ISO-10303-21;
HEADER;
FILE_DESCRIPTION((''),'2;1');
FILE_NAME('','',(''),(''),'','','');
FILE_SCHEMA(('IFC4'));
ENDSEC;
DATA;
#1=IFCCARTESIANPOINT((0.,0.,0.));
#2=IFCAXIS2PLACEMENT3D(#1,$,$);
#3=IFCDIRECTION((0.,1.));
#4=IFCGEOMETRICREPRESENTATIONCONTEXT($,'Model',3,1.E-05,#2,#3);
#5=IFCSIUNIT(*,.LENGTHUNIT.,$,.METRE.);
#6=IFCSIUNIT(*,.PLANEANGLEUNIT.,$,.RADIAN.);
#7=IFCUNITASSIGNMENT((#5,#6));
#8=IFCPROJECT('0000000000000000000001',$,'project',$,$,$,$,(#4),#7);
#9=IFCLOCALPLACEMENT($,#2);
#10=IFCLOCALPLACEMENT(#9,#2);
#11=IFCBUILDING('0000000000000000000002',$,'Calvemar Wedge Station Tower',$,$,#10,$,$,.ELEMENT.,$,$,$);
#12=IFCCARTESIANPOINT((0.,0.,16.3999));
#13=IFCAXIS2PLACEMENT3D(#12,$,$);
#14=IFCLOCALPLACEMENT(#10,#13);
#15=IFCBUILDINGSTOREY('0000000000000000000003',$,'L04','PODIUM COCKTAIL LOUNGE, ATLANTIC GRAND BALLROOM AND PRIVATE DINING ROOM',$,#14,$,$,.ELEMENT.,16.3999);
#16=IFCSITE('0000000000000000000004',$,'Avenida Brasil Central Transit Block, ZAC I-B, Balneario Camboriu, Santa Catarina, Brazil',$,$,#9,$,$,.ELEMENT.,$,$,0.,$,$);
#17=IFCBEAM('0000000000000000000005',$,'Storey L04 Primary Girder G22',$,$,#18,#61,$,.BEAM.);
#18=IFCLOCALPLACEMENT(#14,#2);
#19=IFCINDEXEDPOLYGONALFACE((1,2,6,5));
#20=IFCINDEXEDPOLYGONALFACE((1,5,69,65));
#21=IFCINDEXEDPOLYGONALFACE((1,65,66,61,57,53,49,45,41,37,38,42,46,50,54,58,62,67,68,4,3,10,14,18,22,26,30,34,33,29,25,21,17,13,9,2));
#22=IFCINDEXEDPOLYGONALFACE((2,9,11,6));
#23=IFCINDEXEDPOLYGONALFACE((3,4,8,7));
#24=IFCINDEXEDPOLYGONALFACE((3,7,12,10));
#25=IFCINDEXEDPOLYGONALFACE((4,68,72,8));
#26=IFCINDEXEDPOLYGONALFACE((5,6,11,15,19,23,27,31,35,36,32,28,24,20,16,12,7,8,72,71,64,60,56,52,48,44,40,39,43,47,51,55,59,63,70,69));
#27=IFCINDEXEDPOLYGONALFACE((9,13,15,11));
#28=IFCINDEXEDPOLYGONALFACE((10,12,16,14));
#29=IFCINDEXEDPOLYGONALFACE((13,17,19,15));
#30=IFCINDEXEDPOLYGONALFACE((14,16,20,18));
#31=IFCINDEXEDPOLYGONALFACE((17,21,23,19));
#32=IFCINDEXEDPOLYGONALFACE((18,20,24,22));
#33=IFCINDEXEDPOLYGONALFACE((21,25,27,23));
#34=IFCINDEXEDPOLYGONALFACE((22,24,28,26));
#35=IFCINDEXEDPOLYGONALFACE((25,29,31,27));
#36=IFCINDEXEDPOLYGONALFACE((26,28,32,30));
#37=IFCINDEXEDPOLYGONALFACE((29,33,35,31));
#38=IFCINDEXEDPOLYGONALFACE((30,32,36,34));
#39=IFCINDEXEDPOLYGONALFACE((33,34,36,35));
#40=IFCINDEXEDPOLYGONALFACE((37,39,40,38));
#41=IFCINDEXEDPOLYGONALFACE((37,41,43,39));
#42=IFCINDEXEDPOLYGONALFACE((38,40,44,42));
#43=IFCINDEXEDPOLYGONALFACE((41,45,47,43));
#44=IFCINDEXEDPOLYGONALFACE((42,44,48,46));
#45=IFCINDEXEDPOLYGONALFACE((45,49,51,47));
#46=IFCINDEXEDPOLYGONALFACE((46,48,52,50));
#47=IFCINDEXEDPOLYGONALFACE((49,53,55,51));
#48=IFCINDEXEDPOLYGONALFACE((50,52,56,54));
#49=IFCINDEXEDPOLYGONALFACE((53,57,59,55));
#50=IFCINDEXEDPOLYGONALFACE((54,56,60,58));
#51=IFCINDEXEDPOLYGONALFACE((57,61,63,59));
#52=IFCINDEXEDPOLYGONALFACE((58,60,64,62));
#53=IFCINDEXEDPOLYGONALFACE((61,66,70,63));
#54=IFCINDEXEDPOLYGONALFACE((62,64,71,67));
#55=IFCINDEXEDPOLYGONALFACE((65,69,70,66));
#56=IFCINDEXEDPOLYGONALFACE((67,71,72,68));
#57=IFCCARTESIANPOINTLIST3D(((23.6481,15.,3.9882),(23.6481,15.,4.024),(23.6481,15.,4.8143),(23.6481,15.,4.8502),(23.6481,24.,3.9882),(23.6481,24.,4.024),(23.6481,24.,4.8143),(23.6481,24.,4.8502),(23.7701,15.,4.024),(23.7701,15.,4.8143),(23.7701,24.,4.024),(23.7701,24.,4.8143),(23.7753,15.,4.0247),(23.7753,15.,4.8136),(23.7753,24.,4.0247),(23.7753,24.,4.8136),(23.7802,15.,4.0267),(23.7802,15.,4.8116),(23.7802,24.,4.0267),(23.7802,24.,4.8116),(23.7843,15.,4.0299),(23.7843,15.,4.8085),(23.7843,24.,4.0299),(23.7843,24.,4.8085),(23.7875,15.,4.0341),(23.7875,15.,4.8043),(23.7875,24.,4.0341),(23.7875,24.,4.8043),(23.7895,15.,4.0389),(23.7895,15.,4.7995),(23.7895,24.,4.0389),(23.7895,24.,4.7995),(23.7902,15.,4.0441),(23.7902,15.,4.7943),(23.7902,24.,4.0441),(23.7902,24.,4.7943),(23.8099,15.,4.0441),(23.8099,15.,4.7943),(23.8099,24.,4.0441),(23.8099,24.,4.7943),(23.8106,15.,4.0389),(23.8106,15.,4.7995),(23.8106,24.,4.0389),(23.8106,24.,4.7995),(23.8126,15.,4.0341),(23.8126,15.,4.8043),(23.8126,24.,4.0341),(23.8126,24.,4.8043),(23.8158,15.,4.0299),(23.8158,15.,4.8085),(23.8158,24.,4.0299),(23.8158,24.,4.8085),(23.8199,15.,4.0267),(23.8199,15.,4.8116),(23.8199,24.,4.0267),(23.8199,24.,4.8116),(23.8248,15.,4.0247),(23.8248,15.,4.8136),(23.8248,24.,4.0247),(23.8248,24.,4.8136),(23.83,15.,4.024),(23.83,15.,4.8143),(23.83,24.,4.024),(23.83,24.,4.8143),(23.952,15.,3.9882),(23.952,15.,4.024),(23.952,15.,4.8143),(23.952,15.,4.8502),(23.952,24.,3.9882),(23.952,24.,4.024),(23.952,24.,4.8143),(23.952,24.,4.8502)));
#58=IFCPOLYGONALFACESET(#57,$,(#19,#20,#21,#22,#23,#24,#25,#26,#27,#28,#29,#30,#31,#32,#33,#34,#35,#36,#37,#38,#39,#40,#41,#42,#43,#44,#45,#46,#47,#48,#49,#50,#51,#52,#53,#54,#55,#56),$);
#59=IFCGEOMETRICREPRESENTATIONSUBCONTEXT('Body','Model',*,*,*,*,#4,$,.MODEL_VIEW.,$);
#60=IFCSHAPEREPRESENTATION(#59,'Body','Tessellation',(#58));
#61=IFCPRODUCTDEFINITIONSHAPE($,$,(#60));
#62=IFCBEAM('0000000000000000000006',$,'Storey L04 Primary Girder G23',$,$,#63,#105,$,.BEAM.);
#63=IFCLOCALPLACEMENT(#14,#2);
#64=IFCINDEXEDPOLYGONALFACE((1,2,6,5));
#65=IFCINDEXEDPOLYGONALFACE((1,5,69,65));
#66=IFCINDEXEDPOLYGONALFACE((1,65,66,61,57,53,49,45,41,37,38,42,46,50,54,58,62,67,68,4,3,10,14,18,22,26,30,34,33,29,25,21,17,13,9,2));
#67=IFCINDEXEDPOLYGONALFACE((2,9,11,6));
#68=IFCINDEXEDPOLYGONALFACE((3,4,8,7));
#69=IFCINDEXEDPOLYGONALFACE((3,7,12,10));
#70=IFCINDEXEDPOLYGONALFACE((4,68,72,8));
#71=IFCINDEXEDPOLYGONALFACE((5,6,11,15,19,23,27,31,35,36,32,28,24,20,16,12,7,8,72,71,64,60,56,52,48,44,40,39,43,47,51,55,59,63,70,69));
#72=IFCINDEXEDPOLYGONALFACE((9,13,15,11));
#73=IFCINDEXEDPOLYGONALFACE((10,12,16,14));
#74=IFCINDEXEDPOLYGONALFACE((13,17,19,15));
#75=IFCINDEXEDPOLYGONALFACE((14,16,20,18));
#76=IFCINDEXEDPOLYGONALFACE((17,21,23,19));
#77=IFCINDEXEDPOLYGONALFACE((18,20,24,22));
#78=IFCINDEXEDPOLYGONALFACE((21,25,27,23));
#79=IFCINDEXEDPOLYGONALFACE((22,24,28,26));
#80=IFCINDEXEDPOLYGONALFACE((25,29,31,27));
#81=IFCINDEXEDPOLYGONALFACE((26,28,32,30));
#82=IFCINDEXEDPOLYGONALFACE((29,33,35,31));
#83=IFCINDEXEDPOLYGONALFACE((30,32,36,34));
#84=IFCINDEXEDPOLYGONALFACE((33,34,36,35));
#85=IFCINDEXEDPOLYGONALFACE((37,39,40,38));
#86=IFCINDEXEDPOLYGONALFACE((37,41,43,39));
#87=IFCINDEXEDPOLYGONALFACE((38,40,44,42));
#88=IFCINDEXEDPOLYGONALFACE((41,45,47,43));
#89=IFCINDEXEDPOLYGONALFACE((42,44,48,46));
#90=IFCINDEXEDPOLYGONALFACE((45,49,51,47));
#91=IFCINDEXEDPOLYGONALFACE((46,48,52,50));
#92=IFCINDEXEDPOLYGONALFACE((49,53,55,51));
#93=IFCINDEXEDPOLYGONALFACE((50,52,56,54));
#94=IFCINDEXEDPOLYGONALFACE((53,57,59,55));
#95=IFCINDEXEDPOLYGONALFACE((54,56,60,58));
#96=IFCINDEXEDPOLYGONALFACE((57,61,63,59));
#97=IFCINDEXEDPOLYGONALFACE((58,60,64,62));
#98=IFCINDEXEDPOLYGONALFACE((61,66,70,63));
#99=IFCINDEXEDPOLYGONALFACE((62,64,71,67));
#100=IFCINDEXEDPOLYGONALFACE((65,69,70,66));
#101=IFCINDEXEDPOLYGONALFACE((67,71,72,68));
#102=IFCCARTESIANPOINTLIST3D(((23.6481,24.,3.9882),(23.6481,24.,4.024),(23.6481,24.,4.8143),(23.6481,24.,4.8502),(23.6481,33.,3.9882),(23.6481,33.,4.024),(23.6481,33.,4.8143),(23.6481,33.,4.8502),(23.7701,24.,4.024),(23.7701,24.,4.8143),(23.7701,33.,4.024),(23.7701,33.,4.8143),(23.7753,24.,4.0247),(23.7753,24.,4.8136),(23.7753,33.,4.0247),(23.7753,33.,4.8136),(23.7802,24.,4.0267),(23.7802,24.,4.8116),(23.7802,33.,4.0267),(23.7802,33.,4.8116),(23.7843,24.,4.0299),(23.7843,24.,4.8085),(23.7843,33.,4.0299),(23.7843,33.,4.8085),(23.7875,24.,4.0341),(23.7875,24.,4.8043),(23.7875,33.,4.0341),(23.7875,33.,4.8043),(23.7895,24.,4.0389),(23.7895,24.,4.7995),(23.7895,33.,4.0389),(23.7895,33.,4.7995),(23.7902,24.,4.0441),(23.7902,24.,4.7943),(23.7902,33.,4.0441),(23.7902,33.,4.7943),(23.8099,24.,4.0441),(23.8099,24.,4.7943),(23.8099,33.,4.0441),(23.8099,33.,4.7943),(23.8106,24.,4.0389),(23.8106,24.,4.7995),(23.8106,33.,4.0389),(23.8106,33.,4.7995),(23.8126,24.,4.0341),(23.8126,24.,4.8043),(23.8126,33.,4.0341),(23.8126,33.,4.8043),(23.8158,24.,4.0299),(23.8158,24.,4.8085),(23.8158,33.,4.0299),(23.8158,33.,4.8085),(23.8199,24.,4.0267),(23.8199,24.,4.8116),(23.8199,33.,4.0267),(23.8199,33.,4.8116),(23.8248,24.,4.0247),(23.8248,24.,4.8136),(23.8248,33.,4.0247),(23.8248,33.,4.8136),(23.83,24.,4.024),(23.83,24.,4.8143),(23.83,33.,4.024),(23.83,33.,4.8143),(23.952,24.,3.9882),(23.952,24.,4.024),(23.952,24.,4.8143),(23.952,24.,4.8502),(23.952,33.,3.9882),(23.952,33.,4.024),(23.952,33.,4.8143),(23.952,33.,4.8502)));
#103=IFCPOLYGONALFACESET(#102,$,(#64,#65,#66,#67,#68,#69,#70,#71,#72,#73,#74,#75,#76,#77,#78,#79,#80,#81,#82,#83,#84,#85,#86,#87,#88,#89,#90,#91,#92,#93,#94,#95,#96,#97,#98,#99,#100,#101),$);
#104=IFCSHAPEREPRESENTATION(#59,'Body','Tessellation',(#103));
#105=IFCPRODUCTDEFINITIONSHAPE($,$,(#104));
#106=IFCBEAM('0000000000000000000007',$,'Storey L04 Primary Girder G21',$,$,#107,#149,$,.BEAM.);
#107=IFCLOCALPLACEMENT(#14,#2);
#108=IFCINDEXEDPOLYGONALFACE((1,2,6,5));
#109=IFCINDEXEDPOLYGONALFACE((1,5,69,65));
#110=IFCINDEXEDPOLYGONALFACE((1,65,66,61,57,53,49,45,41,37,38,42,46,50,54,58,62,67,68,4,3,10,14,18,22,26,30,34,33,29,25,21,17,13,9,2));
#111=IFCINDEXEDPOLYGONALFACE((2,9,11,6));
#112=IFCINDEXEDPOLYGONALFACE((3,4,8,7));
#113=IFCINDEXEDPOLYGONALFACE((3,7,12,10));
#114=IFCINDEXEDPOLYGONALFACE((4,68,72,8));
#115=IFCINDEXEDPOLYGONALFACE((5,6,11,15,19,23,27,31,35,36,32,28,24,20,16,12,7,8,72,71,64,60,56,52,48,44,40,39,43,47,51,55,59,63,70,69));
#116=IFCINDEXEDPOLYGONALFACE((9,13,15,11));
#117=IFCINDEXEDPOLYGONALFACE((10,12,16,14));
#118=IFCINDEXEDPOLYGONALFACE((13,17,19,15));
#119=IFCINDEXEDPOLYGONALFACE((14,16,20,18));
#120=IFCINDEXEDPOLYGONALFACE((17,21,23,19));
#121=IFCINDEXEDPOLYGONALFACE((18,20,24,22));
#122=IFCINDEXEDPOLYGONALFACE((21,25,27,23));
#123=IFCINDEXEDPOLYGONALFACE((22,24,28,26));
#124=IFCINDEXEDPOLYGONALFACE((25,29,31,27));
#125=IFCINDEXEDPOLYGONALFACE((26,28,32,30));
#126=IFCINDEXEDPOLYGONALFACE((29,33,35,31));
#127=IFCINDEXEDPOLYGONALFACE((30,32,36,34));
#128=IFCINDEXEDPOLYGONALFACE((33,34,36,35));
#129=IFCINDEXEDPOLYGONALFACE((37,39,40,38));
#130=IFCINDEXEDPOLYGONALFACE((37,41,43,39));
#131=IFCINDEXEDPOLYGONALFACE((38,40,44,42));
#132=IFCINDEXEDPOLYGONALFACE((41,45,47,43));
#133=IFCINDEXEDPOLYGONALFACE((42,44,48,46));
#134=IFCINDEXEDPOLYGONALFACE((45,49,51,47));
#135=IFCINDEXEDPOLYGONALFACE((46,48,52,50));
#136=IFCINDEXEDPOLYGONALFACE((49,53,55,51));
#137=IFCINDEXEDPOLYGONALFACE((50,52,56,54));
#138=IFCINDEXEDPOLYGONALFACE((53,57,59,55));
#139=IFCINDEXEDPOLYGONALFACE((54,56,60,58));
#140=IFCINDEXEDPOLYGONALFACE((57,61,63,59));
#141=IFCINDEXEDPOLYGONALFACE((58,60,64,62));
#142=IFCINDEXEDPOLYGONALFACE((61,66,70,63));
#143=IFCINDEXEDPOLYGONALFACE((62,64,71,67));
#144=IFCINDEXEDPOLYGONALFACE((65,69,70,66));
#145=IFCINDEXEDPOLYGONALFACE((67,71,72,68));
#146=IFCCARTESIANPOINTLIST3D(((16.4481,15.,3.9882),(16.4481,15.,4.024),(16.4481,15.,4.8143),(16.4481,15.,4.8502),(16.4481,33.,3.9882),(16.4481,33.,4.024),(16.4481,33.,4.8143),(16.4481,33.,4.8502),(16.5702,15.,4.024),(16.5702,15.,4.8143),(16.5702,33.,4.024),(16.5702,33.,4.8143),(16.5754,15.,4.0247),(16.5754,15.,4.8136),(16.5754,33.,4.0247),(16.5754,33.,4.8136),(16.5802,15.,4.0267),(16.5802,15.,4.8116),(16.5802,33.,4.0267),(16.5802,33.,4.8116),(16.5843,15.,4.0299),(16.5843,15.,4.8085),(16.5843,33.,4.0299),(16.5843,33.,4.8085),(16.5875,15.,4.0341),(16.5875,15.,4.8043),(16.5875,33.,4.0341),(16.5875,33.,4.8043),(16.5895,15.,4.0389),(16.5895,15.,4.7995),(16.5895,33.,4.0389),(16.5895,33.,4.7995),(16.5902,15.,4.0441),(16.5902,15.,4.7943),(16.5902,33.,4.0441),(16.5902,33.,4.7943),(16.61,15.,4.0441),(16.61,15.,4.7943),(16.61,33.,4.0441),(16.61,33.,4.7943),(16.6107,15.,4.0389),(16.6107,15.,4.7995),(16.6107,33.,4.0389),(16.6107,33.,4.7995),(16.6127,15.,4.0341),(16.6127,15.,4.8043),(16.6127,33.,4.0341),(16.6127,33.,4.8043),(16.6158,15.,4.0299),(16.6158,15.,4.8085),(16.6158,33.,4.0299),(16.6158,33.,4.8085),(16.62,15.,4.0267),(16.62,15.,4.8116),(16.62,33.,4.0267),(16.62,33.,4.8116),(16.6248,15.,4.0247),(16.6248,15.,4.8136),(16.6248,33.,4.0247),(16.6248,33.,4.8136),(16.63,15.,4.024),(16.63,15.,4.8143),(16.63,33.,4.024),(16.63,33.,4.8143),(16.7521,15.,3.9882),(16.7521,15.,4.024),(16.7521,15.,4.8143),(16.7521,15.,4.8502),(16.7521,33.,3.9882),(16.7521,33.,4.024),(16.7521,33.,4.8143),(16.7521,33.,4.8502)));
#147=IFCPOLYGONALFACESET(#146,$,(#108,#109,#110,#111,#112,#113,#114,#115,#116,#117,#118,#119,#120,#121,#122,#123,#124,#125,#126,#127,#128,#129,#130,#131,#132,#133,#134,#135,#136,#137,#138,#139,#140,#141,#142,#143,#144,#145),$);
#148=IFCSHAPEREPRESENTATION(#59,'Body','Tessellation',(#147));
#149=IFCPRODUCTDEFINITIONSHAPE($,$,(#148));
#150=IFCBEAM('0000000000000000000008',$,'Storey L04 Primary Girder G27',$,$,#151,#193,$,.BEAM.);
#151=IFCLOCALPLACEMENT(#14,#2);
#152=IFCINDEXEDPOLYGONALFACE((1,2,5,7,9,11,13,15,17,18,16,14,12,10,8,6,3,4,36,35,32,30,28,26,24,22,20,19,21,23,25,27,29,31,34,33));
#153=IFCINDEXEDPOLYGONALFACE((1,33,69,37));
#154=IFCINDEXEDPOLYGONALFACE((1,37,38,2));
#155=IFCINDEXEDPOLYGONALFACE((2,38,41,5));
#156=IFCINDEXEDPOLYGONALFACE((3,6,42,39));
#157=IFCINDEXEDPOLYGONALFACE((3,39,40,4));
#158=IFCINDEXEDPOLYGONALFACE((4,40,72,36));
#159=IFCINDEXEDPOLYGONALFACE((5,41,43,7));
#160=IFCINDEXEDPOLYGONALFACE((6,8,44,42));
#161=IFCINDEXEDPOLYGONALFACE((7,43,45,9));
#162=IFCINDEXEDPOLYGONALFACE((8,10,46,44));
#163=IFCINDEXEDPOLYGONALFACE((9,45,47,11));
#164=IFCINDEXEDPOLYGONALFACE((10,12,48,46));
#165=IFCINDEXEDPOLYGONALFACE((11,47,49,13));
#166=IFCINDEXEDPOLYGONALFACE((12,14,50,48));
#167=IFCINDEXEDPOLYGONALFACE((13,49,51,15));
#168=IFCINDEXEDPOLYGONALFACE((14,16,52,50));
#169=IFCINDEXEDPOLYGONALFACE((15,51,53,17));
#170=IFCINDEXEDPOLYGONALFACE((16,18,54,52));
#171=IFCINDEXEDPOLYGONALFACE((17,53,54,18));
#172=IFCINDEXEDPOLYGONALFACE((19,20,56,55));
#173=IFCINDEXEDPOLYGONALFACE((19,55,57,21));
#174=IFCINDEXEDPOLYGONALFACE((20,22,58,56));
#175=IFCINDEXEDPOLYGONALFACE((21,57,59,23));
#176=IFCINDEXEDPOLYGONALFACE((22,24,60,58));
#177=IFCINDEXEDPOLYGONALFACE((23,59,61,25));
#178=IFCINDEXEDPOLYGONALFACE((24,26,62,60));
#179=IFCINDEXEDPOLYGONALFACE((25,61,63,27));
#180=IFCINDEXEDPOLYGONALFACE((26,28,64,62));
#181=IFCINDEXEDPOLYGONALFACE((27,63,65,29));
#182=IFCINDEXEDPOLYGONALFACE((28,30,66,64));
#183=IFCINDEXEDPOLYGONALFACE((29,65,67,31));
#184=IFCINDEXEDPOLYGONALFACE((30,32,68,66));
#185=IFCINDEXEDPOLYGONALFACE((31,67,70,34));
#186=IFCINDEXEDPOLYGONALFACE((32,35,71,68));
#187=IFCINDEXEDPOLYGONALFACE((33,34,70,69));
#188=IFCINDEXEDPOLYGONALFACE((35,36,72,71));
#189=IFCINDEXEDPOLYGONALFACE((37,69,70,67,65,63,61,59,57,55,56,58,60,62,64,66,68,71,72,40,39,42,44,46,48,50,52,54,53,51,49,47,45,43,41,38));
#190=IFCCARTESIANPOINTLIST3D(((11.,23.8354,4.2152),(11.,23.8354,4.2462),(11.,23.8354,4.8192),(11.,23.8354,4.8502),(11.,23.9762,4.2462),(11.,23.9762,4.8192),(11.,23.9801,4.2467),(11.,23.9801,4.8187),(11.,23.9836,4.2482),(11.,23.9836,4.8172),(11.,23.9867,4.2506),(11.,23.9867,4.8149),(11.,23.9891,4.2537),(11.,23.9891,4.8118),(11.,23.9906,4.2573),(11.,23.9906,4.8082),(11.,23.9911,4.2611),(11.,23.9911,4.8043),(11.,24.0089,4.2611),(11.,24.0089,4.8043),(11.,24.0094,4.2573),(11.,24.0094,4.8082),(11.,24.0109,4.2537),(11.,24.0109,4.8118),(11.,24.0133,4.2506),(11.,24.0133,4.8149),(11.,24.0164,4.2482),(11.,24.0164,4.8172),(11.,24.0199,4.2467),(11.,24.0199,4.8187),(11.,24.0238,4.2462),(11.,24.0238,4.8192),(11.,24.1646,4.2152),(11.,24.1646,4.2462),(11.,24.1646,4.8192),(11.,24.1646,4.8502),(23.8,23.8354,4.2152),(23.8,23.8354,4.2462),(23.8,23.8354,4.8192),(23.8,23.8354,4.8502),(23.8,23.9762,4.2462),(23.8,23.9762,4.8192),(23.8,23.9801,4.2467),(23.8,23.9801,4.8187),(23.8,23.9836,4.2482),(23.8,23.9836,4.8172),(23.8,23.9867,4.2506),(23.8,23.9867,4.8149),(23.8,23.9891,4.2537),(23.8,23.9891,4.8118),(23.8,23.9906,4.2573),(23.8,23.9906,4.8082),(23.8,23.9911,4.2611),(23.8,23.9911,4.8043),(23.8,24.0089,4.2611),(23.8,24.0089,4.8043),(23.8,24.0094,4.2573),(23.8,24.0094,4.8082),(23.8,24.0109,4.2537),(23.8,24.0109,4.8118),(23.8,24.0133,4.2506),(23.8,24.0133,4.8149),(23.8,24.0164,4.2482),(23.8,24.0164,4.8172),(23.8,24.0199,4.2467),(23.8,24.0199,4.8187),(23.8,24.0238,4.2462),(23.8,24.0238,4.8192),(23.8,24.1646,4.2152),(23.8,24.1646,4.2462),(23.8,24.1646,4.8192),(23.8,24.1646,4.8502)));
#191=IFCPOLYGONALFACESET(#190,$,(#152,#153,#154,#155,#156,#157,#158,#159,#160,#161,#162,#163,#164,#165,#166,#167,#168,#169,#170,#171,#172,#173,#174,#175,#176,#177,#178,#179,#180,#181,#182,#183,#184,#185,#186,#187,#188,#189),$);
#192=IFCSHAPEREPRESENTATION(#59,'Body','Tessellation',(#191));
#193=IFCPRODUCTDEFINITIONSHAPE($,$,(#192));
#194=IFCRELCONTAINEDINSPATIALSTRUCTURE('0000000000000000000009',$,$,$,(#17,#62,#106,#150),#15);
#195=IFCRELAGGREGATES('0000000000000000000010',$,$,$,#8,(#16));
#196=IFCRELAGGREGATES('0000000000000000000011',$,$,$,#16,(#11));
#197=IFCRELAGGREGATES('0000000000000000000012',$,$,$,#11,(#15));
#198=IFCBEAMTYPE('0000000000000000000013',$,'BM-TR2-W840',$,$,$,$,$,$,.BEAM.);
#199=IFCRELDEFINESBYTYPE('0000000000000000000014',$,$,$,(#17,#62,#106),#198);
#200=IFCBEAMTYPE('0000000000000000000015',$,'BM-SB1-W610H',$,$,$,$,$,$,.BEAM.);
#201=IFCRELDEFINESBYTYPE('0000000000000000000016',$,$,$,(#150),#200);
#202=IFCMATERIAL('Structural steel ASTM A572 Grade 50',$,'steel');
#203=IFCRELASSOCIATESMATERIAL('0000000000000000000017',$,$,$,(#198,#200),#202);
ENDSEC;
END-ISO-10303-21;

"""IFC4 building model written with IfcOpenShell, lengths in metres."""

from ifc_helpers import new_model, si_unit, direction, frame, origin, origin_2d, place, context, subcontext, project, spatial, i_section, extrude, source, transform, mapped, material, material_profile, profile_set, type_object, element, save


model = new_model("IFC4")

# Units and contexts
model_context = context("Model", 3, precision=1e-05, world=origin(), true_north=direction((0.0, 1.0)))
body_context = subcontext(model_context, "Body", "Model", "MODEL_VIEW")
ifc_project = project(units=[si_unit("LENGTHUNIT", "METRE"), si_unit("PLANEANGLEUNIT", "RADIAN")], contexts=[model_context])

# Site, building, storey
site_placement = place(None, origin())
site = spatial("IfcSite", under=ifc_project, at=site_placement, Name="Avenida Brasil Central Transit Block, ZAC I-B, Balneario Camboriu, Santa Catarina, Brazil", CompositionType="ELEMENT", RefElevation=0.0)
building_placement = place(site_placement, origin())
building = spatial("IfcBuilding", under=site, at=building_placement, Name="Calvemar Wedge Station Tower", CompositionType="ELEMENT")
storey_placement = place(building_placement, frame((0.0, 0.0, 16.3999)))
storey = spatial("IfcBuildingStorey", under=building, at=storey_placement, Name="L04", Description="PODIUM COCKTAIL LOUNGE, ATLANTIC GRAND BALLROOM AND PRIVATE DINING ROOM", CompositionType="ELEMENT", Elevation=16.3999)

# Beams
ifc_material_1 = material(Name="Structural steel ASTM A572 Grade 50", Category="steel")
ifc_material_profile_1 = material_profile(ifc_material_1, i_section(OverallWidth=0.304, OverallDepth=0.8621, WebThickness=0.0198, FlangeThickness=0.0359, FilletRadius=0.02, at=origin_2d()), Name="W840x329")
ifc_profile_set_1 = profile_set([ifc_material_profile_1], Name="Structural steel ASTM A572 Grade 50")
beam_type_1 = type_object("IfcBeamType", Name="BM-TR2-W840", PredefinedType="BEAM", material=ifc_profile_set_1)
shared_shape_1 = source(origin(), body_context, "Body", "SweptSolid", [
    extrude(i_section(OverallWidth=0.304, OverallDepth=0.8621, WebThickness=0.0198, FlangeThickness=0.0359, FilletRadius=0.02, at=origin_2d()), origin(), (0.0, 0.0, 1.0), 9.0),
])
for number, where, z_axis, x_axis, name in (
    (1, (23.8, 15.0, 4.4192), (0.0, 1.0, 0.0), (-1.0, 0.0, 0.0), "Storey L04 Primary Girder G22"),
    (2, (23.8, 24.0, 4.4192), (0.0, 1.0, 0.0), (-1.0, 0.0, 0.0), "Storey L04 Primary Girder G23"),
):
    element("IfcBeam", number, at=place(storey_placement, frame(where, z_axis=z_axis, x_axis=x_axis)), inside=storey, type_object=beam_type_1, Name=name, PredefinedType="BEAM", context=body_context, shape_type="MappedRepresentation", body=[
        mapped(shared_shape_1, transform((0.0, 0.0, 0.0), scale=1.0)),
    ])
shared_shape_2 = source(origin(), body_context, "Body", "SweptSolid", [
    extrude(i_section(OverallWidth=0.304, OverallDepth=0.8621, WebThickness=0.0198, FlangeThickness=0.0359, FilletRadius=0.02, at=origin_2d()), origin(), (0.0, 0.0, 1.0), 18.0),
])
beam_1_placement = place(storey_placement, frame((16.6001, 15.0, 4.4192), z_axis=(0.0, 1.0, 0.0), x_axis=(-1.0, 0.0, 0.0)))
element("IfcBeam", 3, at=beam_1_placement, inside=storey, type_object=beam_type_1, Name="Storey L04 Primary Girder G21", PredefinedType="BEAM", context=body_context, shape_type="MappedRepresentation", body=[
    mapped(shared_shape_2, transform((0.0, 0.0, 0.0), scale=1.0)),
])
ifc_material_profile_2 = material_profile(ifc_material_1, i_section(OverallWidth=0.3291, OverallDepth=0.635, WebThickness=0.0178, FlangeThickness=0.031, FilletRadius=0.0149, at=origin_2d()), Name="W610x241")
ifc_profile_set_2 = profile_set([ifc_material_profile_2], Name="Structural steel ASTM A572 Grade 50")
beam_type_2 = type_object("IfcBeamType", Name="BM-SB1-W610H", PredefinedType="BEAM", material=ifc_profile_set_2)
shared_shape_3 = source(origin(), body_context, "Body", "SweptSolid", [
    extrude(i_section(OverallWidth=0.3291, OverallDepth=0.635, WebThickness=0.0178, FlangeThickness=0.031, FilletRadius=0.0149, at=origin_2d()), origin(), (0.0, 0.0, 1.0), 12.8),
])
beam_2_placement = place(storey_placement, frame((11.0, 24.0, 4.5327), z_axis=(1.0, 0.0, 0.0), x_axis=(0.0, 1.0, 0.0)))
element("IfcBeam", 4, at=beam_2_placement, inside=storey, type_object=beam_type_2, Name="Storey L04 Primary Girder G27", PredefinedType="BEAM", context=body_context, shape_type="MappedRepresentation", body=[
    mapped(shared_shape_3, transform((0.0, 0.0, 0.0), scale=1.0)),
])

save(model, "model.ifc")
